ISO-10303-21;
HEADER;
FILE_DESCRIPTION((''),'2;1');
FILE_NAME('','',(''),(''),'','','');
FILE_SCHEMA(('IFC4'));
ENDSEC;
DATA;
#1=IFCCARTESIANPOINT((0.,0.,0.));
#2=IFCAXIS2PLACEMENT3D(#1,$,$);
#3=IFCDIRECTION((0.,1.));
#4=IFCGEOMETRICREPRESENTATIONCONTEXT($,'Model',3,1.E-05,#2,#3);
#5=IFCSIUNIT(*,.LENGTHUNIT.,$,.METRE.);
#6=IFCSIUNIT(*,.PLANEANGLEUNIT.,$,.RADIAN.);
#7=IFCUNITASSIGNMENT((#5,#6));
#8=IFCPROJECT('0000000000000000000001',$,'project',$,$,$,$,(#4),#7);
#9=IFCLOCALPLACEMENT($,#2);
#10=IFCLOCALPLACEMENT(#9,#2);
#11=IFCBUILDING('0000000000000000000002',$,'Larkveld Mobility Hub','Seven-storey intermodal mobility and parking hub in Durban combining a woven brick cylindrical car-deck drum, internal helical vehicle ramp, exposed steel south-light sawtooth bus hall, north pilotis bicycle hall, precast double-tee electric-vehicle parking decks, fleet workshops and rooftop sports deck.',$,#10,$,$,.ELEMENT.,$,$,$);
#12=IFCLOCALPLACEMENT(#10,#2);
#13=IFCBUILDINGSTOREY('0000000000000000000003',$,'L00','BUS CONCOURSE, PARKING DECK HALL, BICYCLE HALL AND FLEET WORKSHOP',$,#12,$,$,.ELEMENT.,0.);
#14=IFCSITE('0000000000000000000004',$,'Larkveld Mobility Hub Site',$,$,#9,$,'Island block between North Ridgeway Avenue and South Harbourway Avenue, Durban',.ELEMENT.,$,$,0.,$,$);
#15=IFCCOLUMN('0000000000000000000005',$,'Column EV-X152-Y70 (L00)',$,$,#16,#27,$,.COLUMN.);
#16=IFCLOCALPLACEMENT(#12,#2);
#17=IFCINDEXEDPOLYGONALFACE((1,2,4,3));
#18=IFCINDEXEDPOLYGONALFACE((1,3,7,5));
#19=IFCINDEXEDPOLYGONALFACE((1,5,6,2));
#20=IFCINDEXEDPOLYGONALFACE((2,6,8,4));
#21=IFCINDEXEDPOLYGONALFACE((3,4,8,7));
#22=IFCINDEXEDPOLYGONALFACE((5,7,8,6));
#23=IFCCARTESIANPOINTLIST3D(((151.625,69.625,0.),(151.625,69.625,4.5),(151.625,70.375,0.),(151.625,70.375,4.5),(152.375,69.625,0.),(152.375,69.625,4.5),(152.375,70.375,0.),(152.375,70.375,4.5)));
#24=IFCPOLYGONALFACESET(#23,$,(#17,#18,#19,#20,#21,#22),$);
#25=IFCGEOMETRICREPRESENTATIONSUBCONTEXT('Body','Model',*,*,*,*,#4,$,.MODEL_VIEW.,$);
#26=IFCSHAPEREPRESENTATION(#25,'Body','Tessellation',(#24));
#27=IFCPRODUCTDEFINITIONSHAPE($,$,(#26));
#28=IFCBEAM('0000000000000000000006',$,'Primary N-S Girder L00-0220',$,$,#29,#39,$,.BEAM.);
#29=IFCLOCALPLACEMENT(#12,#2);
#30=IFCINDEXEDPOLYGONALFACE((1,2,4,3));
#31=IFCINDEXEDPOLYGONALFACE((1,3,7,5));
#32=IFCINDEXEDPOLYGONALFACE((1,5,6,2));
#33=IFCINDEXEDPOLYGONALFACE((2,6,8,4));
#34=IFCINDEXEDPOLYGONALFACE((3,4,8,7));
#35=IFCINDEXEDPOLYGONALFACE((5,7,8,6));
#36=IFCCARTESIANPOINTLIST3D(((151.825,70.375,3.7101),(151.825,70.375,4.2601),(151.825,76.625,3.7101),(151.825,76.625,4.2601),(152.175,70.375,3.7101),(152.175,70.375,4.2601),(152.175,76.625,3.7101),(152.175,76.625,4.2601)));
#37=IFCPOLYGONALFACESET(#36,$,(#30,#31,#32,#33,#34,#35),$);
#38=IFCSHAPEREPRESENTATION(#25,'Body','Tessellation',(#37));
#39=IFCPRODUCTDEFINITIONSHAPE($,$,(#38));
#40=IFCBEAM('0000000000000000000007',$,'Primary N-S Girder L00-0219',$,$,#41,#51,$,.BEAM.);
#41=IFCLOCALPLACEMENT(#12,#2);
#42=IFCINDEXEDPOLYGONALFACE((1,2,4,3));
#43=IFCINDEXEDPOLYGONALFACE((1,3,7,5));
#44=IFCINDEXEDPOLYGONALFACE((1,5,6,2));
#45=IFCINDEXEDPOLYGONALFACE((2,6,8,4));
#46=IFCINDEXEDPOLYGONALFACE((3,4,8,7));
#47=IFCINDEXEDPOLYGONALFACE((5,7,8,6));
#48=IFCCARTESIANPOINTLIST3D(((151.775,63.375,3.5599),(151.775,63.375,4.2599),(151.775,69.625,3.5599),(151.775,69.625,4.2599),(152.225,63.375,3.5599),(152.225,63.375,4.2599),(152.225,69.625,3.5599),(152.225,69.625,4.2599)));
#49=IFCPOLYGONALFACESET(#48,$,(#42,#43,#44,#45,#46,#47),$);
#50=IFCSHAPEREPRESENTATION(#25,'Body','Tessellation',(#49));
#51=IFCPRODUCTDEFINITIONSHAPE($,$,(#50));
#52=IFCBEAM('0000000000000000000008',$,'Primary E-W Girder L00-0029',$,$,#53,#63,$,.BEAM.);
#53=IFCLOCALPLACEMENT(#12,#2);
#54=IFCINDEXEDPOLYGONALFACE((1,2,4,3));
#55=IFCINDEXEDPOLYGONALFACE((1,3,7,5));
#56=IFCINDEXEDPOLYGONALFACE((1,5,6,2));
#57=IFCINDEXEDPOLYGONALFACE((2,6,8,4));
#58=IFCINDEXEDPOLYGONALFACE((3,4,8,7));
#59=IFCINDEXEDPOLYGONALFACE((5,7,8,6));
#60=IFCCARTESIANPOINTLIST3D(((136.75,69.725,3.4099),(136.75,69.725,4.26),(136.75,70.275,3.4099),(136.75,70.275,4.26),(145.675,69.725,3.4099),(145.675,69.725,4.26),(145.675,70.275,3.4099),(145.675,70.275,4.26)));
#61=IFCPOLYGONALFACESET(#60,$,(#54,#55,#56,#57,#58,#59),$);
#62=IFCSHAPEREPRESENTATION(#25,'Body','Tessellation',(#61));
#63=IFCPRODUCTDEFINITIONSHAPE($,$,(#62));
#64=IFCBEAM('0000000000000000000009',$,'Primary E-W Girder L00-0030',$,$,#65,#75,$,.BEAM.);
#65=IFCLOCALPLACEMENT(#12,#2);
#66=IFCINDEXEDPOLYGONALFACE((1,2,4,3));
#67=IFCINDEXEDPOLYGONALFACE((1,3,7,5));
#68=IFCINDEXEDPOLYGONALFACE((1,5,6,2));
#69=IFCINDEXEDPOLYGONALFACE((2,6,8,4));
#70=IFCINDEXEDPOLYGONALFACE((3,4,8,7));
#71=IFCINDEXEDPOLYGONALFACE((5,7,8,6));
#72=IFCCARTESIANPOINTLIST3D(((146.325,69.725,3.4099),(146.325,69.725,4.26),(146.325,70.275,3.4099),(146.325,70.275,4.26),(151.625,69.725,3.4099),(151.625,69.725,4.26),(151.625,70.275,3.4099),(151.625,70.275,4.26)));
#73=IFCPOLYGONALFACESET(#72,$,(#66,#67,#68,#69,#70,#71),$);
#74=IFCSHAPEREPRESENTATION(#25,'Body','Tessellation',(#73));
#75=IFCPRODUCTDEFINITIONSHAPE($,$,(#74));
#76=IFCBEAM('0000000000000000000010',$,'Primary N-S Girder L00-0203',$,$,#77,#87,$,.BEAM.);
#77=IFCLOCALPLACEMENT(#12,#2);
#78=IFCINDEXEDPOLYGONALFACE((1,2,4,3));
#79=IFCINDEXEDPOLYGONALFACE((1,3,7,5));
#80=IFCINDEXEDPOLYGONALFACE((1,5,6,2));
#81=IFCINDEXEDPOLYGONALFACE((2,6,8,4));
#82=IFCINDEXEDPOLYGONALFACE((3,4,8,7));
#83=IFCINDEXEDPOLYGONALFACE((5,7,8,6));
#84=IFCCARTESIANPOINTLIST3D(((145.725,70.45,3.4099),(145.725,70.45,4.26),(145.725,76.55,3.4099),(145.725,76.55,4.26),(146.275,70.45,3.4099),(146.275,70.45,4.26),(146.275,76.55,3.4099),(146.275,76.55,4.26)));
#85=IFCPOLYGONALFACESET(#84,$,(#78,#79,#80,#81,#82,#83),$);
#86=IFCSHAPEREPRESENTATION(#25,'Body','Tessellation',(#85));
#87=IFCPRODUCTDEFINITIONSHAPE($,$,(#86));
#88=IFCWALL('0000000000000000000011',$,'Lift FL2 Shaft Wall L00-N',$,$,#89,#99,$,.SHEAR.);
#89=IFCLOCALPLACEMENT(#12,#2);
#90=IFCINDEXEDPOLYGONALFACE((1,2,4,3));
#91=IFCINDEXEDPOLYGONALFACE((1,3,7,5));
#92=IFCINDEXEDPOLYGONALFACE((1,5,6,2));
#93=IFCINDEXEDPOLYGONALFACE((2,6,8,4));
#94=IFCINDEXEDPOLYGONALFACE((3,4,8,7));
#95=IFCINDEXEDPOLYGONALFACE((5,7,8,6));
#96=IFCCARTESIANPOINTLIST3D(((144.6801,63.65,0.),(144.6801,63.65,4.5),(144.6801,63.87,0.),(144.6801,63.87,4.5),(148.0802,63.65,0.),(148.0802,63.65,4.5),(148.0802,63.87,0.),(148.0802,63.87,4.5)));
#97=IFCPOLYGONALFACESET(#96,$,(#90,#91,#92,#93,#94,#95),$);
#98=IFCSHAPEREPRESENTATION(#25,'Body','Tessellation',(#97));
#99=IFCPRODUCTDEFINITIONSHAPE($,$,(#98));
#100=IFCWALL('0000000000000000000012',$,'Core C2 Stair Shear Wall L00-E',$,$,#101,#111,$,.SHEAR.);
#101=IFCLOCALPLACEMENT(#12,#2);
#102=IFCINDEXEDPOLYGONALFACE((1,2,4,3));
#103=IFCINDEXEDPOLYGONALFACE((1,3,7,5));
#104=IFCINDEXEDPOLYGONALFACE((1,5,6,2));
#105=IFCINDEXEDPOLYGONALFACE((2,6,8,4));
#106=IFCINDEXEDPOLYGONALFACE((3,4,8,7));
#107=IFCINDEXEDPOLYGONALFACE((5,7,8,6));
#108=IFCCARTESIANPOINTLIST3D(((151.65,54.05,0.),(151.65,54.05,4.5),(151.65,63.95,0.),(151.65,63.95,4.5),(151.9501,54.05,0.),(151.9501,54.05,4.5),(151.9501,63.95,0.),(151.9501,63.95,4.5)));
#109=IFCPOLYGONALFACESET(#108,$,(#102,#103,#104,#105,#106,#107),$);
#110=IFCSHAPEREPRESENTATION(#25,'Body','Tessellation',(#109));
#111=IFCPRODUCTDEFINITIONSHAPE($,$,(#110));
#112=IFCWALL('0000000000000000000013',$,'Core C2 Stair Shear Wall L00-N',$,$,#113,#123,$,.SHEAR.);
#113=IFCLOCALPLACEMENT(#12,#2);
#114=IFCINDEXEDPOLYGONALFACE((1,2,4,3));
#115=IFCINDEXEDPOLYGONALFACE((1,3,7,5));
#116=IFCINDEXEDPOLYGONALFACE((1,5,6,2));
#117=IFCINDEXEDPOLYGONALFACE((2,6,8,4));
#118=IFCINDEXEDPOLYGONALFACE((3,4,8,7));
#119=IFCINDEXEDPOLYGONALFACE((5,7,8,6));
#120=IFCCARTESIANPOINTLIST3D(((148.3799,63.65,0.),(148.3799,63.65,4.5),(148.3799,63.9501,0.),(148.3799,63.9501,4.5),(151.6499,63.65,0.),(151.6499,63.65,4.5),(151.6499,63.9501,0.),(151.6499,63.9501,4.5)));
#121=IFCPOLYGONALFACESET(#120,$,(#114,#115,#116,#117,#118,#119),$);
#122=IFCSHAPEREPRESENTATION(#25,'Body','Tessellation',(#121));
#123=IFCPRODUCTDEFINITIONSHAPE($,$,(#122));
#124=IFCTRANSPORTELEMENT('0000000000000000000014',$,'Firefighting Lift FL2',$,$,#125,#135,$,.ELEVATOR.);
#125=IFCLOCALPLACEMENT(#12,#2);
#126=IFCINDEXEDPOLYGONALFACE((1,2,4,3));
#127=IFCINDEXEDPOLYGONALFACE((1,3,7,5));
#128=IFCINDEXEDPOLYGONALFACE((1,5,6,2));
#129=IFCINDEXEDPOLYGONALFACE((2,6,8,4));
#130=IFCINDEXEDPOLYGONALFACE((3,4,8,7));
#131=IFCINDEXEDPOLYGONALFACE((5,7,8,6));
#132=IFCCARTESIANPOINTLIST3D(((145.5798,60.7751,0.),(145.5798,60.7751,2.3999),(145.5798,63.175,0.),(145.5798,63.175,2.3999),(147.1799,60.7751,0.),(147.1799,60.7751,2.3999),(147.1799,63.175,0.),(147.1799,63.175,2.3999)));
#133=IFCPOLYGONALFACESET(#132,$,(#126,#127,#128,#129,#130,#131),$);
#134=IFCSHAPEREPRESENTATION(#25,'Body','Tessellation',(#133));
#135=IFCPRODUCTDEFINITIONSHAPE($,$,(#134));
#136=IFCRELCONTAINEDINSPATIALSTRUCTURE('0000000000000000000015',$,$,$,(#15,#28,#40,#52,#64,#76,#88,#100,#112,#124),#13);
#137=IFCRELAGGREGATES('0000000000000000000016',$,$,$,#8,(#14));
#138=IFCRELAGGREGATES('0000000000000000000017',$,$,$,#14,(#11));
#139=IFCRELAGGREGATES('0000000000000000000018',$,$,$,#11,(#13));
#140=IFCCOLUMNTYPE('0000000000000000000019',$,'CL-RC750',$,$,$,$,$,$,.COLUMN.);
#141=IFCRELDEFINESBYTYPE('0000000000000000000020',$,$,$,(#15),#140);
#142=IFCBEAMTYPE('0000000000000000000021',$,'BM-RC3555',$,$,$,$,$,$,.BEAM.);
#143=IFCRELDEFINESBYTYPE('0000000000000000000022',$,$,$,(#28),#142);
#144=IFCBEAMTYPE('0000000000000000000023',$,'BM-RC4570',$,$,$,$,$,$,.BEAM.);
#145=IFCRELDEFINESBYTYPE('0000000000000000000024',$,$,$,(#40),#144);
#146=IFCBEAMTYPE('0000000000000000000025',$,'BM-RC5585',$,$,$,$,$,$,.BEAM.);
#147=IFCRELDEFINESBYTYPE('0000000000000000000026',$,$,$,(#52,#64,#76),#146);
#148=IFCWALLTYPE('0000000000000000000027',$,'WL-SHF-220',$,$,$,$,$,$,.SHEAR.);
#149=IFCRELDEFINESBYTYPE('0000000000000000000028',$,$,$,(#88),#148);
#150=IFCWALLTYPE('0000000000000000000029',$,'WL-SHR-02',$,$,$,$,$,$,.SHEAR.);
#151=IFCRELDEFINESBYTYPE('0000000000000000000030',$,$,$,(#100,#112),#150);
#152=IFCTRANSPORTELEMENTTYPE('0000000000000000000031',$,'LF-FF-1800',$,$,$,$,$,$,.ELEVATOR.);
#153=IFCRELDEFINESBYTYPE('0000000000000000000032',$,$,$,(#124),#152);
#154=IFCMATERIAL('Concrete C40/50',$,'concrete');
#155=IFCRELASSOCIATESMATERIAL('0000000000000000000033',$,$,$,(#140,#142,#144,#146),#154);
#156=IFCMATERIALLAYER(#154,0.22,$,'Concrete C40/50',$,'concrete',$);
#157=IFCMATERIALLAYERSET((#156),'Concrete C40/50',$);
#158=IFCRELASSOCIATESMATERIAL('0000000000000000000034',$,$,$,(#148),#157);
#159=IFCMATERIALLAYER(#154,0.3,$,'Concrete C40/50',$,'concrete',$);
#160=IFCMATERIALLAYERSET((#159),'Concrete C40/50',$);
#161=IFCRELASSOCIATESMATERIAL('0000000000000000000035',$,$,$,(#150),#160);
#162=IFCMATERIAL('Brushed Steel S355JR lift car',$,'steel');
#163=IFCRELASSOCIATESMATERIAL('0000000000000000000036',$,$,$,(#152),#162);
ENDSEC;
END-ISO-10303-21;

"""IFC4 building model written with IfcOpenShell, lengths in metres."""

from ifc_helpers import new_model, si_unit, direction, frame, frame_2d, origin, origin_2d, place, context, subcontext, project, spatial, rectangle, extrude, material, layer, layer_set, material_profile, profile_set, type_object, element, save


model = new_model("IFC4")

# Units and contexts
model_context = context("Model", 3, precision=1e-05, world=origin(), true_north=direction((0.0, 1.0)))
body_context = subcontext(model_context, "Body", "Model", "MODEL_VIEW")
ifc_project = project(units=[si_unit("LENGTHUNIT", "METRE"), si_unit("PLANEANGLEUNIT", "RADIAN")], contexts=[model_context])

# Site, building, storey
site_placement = place(None, origin())
site = spatial("IfcSite", under=ifc_project, at=site_placement, Name="Larkveld Mobility Hub Site", LongName="Island block between North Ridgeway Avenue and South Harbourway Avenue, Durban", CompositionType="ELEMENT", RefElevation=0.0)
building_placement = place(site_placement, origin())
building = spatial("IfcBuilding", under=site, at=building_placement, Name="Larkveld Mobility Hub", Description="Seven-storey intermodal mobility and parking hub in Durban combining a woven brick cylindrical car-deck drum, internal helical vehicle ramp, exposed steel south-light sawtooth bus hall, north pilotis bicycle hall, precast double-tee electric-vehicle parking decks, fleet workshops and rooftop sports deck.", CompositionType="ELEMENT")
storey_placement = place(building_placement, origin())
storey = spatial("IfcBuildingStorey", under=building, at=storey_placement, Name="L00", Description="BUS CONCOURSE, PARKING DECK HALL, BICYCLE HALL AND FLEET WORKSHOP", CompositionType="ELEMENT", Elevation=0.0)

# Column
ifc_material_1 = material(Name="Concrete C40/50", Category="concrete")
ifc_material_profile_1 = material_profile(ifc_material_1, rectangle(XDim=0.75, YDim=0.75, at=origin_2d()), Name="RC COL 750x750")
ifc_profile_set_1 = profile_set([ifc_material_profile_1], Name="Concrete C40/50")
column_type_1 = type_object("IfcColumnType", Name="CL-RC750", PredefinedType="COLUMN", material=ifc_profile_set_1)
for number, where, z_axis, x_axis, name in (
    (1, (152.0, 70.0, 0.0), (0.0, 0.0, 1.0), (1.0, 0.0, 0.0), "Column EV-X152-Y70 (L00)"),
):
    element("IfcColumn", number, at=place(storey_placement, frame(where, z_axis=z_axis, x_axis=x_axis)), inside=storey, type_object=column_type_1, Name=name, PredefinedType="COLUMN", context=body_context, shape_type="SweptSolid", body=[
        extrude(rectangle(XDim=0.75, YDim=0.75, at=origin_2d()), origin(), (0.0, 0.0, 1.0), 4.5),
    ])

# Beams
ifc_material_profile_2 = material_profile(ifc_material_1, rectangle(XDim=0.3501, YDim=0.55, at=origin_2d()), Name="RC BM 350x550")
ifc_profile_set_2 = profile_set([ifc_material_profile_2], Name="Concrete C40/50")
beam_type_1 = type_object("IfcBeamType", Name="BM-RC3555", PredefinedType="BEAM", material=ifc_profile_set_2)
beam_1_placement = place(storey_placement, frame((152.0, 70.375, 3.9851), z_axis=(0.0, 1.0, 0.0), x_axis=(-1.0, 0.0, 0.0)))
element("IfcBeam", 2, at=beam_1_placement, inside=storey, type_object=beam_type_1, Name="Primary N-S Girder L00-0220", PredefinedType="BEAM", context=body_context, shape_type="SweptSolid", body=[
    extrude(rectangle(XDim=0.3501, YDim=0.55, at=origin_2d()), origin(), (0.0, 0.0, 1.0), 6.25),
])
ifc_material_profile_3 = material_profile(ifc_material_1, rectangle(XDim=0.45, YDim=0.7, at=origin_2d()), Name="RC BM 450x700")
ifc_profile_set_3 = profile_set([ifc_material_profile_3], Name="Concrete C40/50")
beam_type_2 = type_object("IfcBeamType", Name="BM-RC4570", PredefinedType="BEAM", material=ifc_profile_set_3)
beam_2_placement = place(storey_placement, frame((152.0, 63.375, 3.9099), z_axis=(0.0, 1.0, 0.0), x_axis=(-1.0, 0.0, 0.0)))
element("IfcBeam", 3, at=beam_2_placement, inside=storey, type_object=beam_type_2, Name="Primary N-S Girder L00-0219", PredefinedType="BEAM", context=body_context, shape_type="SweptSolid", body=[
    extrude(rectangle(XDim=0.45, YDim=0.7, at=origin_2d()), origin(), (0.0, 0.0, 1.0), 6.25),
])
ifc_material_profile_4 = material_profile(ifc_material_1, rectangle(XDim=0.55, YDim=0.8501, at=origin_2d()), Name="RC BM 550x850")
ifc_profile_set_4 = profile_set([ifc_material_profile_4], Name="Concrete C40/50")
beam_type_3 = type_object("IfcBeamType", Name="BM-RC5585", PredefinedType="BEAM", material=ifc_profile_set_4)
beam_3_placement = place(storey_placement, frame((136.75, 70.0, 3.835), z_axis=(1.0, 0.0, 0.0), x_axis=(0.0, 1.0, 0.0)))
element("IfcBeam", 4, at=beam_3_placement, inside=storey, type_object=beam_type_3, Name="Primary E-W Girder L00-0029", PredefinedType="BEAM", context=body_context, shape_type="SweptSolid", body=[
    extrude(rectangle(XDim=0.55, YDim=0.8501, at=origin_2d()), origin(), (0.0, 0.0, 1.0), 8.925),
])
beam_4_placement = place(storey_placement, frame((146.325, 70.0, 3.835), z_axis=(1.0, 0.0, 0.0), x_axis=(0.0, 1.0, 0.0)))
element("IfcBeam", 5, at=beam_4_placement, inside=storey, type_object=beam_type_3, Name="Primary E-W Girder L00-0030", PredefinedType="BEAM", context=body_context, shape_type="SweptSolid", body=[
    extrude(rectangle(XDim=0.55, YDim=0.8501, at=origin_2d()), origin(), (0.0, 0.0, 1.0), 5.3),
])
beam_5_placement = place(storey_placement, frame((146.0, 70.45, 3.835), z_axis=(0.0, 1.0, 0.0), x_axis=(-1.0, 0.0, 0.0)))
element("IfcBeam", 6, at=beam_5_placement, inside=storey, type_object=beam_type_3, Name="Primary N-S Girder L00-0203", PredefinedType="BEAM", context=body_context, shape_type="SweptSolid", body=[
    extrude(rectangle(XDim=0.55, YDim=0.8501, at=origin_2d()), origin(), (0.0, 0.0, 1.0), 6.1001),
])

# Walls
ifc_layer_1 = layer(ifc_material_1, 0.22, Name="Concrete C40/50", Category="concrete")
ifc_layer_set_1 = layer_set([ifc_layer_1], Name="Concrete C40/50")
wall_type_1 = type_object("IfcWallType", Name="WL-SHF-220", PredefinedType="SHEAR", material=ifc_layer_set_1)
wall_1_placement = place(storey_placement, frame((144.6799, 63.76, 0.0), z_axis=(0.0, 0.0, 1.0), x_axis=(1.0, 0.0, 0.0)))
element("IfcWall", 7, at=wall_1_placement, inside=storey, type_object=wall_type_1, Name="Lift FL2 Shaft Wall L00-N", PredefinedType="SHEAR", context=body_context, shape_type="SweptSolid", body=[
    extrude(rectangle(XDim=3.4001, YDim=0.22, at=frame_2d((1.7002, 0.0))), origin(), (0.0, 0.0, 1.0), 4.5),
])
ifc_layer_2 = layer(ifc_material_1, 0.3, Name="Concrete C40/50", Category="concrete")
ifc_layer_set_2 = layer_set([ifc_layer_2], Name="Concrete C40/50")
wall_type_2 = type_object("IfcWallType", Name="WL-SHR-02", PredefinedType="SHEAR", material=ifc_layer_set_2)
wall_2_placement = place(storey_placement, frame((151.8, 63.95, 0.0), z_axis=(0.0, 0.0, 1.0), x_axis=(0.0, -1.0, 0.0)))
element("IfcWall", 8, at=wall_2_placement, inside=storey, type_object=wall_type_2, Name="Core C2 Stair Shear Wall L00-E", PredefinedType="SHEAR", context=body_context, shape_type="SweptSolid", body=[
    extrude(rectangle(XDim=9.8999, YDim=0.3, at=frame_2d((4.95, 0.0))), origin(), (0.0, 0.0, 1.0), 4.5),
])
wall_3_placement = place(storey_placement, frame((148.3799, 63.8, 0.0), z_axis=(0.0, 0.0, 1.0), x_axis=(1.0, 0.0, 0.0)))
element("IfcWall", 9, at=wall_3_placement, inside=storey, type_object=wall_type_2, Name="Core C2 Stair Shear Wall L00-N", PredefinedType="SHEAR", context=body_context, shape_type="SweptSolid", body=[
    extrude(rectangle(XDim=3.27, YDim=0.3, at=frame_2d((1.635, 0.0))), origin(), (0.0, 0.0, 1.0), 4.5),
])

# Transport element
ifc_material_2 = material(Name="Brushed Steel S355JR lift car", Category="steel")
transport_element_type = type_object("IfcTransportElementType", Name="LF-FF-1800", PredefinedType="ELEVATOR", material=ifc_material_2)
transport_element_placement = place(storey_placement, frame((146.3799, 61.9751, 0.0), z_axis=(0.0, 0.0, 1.0), x_axis=(1.0, 0.0, 0.0)))
element("IfcTransportElement", 10, at=transport_element_placement, inside=storey, type_object=transport_element_type, Name="Firefighting Lift FL2", PredefinedType="ELEVATOR", context=body_context, shape_type="SweptSolid", body=[
    extrude(rectangle(XDim=1.6001, YDim=2.3999, at=origin_2d()), origin(), (0.0, 0.0, 1.0), 2.3999),
])

save(model, "model.ifc")
